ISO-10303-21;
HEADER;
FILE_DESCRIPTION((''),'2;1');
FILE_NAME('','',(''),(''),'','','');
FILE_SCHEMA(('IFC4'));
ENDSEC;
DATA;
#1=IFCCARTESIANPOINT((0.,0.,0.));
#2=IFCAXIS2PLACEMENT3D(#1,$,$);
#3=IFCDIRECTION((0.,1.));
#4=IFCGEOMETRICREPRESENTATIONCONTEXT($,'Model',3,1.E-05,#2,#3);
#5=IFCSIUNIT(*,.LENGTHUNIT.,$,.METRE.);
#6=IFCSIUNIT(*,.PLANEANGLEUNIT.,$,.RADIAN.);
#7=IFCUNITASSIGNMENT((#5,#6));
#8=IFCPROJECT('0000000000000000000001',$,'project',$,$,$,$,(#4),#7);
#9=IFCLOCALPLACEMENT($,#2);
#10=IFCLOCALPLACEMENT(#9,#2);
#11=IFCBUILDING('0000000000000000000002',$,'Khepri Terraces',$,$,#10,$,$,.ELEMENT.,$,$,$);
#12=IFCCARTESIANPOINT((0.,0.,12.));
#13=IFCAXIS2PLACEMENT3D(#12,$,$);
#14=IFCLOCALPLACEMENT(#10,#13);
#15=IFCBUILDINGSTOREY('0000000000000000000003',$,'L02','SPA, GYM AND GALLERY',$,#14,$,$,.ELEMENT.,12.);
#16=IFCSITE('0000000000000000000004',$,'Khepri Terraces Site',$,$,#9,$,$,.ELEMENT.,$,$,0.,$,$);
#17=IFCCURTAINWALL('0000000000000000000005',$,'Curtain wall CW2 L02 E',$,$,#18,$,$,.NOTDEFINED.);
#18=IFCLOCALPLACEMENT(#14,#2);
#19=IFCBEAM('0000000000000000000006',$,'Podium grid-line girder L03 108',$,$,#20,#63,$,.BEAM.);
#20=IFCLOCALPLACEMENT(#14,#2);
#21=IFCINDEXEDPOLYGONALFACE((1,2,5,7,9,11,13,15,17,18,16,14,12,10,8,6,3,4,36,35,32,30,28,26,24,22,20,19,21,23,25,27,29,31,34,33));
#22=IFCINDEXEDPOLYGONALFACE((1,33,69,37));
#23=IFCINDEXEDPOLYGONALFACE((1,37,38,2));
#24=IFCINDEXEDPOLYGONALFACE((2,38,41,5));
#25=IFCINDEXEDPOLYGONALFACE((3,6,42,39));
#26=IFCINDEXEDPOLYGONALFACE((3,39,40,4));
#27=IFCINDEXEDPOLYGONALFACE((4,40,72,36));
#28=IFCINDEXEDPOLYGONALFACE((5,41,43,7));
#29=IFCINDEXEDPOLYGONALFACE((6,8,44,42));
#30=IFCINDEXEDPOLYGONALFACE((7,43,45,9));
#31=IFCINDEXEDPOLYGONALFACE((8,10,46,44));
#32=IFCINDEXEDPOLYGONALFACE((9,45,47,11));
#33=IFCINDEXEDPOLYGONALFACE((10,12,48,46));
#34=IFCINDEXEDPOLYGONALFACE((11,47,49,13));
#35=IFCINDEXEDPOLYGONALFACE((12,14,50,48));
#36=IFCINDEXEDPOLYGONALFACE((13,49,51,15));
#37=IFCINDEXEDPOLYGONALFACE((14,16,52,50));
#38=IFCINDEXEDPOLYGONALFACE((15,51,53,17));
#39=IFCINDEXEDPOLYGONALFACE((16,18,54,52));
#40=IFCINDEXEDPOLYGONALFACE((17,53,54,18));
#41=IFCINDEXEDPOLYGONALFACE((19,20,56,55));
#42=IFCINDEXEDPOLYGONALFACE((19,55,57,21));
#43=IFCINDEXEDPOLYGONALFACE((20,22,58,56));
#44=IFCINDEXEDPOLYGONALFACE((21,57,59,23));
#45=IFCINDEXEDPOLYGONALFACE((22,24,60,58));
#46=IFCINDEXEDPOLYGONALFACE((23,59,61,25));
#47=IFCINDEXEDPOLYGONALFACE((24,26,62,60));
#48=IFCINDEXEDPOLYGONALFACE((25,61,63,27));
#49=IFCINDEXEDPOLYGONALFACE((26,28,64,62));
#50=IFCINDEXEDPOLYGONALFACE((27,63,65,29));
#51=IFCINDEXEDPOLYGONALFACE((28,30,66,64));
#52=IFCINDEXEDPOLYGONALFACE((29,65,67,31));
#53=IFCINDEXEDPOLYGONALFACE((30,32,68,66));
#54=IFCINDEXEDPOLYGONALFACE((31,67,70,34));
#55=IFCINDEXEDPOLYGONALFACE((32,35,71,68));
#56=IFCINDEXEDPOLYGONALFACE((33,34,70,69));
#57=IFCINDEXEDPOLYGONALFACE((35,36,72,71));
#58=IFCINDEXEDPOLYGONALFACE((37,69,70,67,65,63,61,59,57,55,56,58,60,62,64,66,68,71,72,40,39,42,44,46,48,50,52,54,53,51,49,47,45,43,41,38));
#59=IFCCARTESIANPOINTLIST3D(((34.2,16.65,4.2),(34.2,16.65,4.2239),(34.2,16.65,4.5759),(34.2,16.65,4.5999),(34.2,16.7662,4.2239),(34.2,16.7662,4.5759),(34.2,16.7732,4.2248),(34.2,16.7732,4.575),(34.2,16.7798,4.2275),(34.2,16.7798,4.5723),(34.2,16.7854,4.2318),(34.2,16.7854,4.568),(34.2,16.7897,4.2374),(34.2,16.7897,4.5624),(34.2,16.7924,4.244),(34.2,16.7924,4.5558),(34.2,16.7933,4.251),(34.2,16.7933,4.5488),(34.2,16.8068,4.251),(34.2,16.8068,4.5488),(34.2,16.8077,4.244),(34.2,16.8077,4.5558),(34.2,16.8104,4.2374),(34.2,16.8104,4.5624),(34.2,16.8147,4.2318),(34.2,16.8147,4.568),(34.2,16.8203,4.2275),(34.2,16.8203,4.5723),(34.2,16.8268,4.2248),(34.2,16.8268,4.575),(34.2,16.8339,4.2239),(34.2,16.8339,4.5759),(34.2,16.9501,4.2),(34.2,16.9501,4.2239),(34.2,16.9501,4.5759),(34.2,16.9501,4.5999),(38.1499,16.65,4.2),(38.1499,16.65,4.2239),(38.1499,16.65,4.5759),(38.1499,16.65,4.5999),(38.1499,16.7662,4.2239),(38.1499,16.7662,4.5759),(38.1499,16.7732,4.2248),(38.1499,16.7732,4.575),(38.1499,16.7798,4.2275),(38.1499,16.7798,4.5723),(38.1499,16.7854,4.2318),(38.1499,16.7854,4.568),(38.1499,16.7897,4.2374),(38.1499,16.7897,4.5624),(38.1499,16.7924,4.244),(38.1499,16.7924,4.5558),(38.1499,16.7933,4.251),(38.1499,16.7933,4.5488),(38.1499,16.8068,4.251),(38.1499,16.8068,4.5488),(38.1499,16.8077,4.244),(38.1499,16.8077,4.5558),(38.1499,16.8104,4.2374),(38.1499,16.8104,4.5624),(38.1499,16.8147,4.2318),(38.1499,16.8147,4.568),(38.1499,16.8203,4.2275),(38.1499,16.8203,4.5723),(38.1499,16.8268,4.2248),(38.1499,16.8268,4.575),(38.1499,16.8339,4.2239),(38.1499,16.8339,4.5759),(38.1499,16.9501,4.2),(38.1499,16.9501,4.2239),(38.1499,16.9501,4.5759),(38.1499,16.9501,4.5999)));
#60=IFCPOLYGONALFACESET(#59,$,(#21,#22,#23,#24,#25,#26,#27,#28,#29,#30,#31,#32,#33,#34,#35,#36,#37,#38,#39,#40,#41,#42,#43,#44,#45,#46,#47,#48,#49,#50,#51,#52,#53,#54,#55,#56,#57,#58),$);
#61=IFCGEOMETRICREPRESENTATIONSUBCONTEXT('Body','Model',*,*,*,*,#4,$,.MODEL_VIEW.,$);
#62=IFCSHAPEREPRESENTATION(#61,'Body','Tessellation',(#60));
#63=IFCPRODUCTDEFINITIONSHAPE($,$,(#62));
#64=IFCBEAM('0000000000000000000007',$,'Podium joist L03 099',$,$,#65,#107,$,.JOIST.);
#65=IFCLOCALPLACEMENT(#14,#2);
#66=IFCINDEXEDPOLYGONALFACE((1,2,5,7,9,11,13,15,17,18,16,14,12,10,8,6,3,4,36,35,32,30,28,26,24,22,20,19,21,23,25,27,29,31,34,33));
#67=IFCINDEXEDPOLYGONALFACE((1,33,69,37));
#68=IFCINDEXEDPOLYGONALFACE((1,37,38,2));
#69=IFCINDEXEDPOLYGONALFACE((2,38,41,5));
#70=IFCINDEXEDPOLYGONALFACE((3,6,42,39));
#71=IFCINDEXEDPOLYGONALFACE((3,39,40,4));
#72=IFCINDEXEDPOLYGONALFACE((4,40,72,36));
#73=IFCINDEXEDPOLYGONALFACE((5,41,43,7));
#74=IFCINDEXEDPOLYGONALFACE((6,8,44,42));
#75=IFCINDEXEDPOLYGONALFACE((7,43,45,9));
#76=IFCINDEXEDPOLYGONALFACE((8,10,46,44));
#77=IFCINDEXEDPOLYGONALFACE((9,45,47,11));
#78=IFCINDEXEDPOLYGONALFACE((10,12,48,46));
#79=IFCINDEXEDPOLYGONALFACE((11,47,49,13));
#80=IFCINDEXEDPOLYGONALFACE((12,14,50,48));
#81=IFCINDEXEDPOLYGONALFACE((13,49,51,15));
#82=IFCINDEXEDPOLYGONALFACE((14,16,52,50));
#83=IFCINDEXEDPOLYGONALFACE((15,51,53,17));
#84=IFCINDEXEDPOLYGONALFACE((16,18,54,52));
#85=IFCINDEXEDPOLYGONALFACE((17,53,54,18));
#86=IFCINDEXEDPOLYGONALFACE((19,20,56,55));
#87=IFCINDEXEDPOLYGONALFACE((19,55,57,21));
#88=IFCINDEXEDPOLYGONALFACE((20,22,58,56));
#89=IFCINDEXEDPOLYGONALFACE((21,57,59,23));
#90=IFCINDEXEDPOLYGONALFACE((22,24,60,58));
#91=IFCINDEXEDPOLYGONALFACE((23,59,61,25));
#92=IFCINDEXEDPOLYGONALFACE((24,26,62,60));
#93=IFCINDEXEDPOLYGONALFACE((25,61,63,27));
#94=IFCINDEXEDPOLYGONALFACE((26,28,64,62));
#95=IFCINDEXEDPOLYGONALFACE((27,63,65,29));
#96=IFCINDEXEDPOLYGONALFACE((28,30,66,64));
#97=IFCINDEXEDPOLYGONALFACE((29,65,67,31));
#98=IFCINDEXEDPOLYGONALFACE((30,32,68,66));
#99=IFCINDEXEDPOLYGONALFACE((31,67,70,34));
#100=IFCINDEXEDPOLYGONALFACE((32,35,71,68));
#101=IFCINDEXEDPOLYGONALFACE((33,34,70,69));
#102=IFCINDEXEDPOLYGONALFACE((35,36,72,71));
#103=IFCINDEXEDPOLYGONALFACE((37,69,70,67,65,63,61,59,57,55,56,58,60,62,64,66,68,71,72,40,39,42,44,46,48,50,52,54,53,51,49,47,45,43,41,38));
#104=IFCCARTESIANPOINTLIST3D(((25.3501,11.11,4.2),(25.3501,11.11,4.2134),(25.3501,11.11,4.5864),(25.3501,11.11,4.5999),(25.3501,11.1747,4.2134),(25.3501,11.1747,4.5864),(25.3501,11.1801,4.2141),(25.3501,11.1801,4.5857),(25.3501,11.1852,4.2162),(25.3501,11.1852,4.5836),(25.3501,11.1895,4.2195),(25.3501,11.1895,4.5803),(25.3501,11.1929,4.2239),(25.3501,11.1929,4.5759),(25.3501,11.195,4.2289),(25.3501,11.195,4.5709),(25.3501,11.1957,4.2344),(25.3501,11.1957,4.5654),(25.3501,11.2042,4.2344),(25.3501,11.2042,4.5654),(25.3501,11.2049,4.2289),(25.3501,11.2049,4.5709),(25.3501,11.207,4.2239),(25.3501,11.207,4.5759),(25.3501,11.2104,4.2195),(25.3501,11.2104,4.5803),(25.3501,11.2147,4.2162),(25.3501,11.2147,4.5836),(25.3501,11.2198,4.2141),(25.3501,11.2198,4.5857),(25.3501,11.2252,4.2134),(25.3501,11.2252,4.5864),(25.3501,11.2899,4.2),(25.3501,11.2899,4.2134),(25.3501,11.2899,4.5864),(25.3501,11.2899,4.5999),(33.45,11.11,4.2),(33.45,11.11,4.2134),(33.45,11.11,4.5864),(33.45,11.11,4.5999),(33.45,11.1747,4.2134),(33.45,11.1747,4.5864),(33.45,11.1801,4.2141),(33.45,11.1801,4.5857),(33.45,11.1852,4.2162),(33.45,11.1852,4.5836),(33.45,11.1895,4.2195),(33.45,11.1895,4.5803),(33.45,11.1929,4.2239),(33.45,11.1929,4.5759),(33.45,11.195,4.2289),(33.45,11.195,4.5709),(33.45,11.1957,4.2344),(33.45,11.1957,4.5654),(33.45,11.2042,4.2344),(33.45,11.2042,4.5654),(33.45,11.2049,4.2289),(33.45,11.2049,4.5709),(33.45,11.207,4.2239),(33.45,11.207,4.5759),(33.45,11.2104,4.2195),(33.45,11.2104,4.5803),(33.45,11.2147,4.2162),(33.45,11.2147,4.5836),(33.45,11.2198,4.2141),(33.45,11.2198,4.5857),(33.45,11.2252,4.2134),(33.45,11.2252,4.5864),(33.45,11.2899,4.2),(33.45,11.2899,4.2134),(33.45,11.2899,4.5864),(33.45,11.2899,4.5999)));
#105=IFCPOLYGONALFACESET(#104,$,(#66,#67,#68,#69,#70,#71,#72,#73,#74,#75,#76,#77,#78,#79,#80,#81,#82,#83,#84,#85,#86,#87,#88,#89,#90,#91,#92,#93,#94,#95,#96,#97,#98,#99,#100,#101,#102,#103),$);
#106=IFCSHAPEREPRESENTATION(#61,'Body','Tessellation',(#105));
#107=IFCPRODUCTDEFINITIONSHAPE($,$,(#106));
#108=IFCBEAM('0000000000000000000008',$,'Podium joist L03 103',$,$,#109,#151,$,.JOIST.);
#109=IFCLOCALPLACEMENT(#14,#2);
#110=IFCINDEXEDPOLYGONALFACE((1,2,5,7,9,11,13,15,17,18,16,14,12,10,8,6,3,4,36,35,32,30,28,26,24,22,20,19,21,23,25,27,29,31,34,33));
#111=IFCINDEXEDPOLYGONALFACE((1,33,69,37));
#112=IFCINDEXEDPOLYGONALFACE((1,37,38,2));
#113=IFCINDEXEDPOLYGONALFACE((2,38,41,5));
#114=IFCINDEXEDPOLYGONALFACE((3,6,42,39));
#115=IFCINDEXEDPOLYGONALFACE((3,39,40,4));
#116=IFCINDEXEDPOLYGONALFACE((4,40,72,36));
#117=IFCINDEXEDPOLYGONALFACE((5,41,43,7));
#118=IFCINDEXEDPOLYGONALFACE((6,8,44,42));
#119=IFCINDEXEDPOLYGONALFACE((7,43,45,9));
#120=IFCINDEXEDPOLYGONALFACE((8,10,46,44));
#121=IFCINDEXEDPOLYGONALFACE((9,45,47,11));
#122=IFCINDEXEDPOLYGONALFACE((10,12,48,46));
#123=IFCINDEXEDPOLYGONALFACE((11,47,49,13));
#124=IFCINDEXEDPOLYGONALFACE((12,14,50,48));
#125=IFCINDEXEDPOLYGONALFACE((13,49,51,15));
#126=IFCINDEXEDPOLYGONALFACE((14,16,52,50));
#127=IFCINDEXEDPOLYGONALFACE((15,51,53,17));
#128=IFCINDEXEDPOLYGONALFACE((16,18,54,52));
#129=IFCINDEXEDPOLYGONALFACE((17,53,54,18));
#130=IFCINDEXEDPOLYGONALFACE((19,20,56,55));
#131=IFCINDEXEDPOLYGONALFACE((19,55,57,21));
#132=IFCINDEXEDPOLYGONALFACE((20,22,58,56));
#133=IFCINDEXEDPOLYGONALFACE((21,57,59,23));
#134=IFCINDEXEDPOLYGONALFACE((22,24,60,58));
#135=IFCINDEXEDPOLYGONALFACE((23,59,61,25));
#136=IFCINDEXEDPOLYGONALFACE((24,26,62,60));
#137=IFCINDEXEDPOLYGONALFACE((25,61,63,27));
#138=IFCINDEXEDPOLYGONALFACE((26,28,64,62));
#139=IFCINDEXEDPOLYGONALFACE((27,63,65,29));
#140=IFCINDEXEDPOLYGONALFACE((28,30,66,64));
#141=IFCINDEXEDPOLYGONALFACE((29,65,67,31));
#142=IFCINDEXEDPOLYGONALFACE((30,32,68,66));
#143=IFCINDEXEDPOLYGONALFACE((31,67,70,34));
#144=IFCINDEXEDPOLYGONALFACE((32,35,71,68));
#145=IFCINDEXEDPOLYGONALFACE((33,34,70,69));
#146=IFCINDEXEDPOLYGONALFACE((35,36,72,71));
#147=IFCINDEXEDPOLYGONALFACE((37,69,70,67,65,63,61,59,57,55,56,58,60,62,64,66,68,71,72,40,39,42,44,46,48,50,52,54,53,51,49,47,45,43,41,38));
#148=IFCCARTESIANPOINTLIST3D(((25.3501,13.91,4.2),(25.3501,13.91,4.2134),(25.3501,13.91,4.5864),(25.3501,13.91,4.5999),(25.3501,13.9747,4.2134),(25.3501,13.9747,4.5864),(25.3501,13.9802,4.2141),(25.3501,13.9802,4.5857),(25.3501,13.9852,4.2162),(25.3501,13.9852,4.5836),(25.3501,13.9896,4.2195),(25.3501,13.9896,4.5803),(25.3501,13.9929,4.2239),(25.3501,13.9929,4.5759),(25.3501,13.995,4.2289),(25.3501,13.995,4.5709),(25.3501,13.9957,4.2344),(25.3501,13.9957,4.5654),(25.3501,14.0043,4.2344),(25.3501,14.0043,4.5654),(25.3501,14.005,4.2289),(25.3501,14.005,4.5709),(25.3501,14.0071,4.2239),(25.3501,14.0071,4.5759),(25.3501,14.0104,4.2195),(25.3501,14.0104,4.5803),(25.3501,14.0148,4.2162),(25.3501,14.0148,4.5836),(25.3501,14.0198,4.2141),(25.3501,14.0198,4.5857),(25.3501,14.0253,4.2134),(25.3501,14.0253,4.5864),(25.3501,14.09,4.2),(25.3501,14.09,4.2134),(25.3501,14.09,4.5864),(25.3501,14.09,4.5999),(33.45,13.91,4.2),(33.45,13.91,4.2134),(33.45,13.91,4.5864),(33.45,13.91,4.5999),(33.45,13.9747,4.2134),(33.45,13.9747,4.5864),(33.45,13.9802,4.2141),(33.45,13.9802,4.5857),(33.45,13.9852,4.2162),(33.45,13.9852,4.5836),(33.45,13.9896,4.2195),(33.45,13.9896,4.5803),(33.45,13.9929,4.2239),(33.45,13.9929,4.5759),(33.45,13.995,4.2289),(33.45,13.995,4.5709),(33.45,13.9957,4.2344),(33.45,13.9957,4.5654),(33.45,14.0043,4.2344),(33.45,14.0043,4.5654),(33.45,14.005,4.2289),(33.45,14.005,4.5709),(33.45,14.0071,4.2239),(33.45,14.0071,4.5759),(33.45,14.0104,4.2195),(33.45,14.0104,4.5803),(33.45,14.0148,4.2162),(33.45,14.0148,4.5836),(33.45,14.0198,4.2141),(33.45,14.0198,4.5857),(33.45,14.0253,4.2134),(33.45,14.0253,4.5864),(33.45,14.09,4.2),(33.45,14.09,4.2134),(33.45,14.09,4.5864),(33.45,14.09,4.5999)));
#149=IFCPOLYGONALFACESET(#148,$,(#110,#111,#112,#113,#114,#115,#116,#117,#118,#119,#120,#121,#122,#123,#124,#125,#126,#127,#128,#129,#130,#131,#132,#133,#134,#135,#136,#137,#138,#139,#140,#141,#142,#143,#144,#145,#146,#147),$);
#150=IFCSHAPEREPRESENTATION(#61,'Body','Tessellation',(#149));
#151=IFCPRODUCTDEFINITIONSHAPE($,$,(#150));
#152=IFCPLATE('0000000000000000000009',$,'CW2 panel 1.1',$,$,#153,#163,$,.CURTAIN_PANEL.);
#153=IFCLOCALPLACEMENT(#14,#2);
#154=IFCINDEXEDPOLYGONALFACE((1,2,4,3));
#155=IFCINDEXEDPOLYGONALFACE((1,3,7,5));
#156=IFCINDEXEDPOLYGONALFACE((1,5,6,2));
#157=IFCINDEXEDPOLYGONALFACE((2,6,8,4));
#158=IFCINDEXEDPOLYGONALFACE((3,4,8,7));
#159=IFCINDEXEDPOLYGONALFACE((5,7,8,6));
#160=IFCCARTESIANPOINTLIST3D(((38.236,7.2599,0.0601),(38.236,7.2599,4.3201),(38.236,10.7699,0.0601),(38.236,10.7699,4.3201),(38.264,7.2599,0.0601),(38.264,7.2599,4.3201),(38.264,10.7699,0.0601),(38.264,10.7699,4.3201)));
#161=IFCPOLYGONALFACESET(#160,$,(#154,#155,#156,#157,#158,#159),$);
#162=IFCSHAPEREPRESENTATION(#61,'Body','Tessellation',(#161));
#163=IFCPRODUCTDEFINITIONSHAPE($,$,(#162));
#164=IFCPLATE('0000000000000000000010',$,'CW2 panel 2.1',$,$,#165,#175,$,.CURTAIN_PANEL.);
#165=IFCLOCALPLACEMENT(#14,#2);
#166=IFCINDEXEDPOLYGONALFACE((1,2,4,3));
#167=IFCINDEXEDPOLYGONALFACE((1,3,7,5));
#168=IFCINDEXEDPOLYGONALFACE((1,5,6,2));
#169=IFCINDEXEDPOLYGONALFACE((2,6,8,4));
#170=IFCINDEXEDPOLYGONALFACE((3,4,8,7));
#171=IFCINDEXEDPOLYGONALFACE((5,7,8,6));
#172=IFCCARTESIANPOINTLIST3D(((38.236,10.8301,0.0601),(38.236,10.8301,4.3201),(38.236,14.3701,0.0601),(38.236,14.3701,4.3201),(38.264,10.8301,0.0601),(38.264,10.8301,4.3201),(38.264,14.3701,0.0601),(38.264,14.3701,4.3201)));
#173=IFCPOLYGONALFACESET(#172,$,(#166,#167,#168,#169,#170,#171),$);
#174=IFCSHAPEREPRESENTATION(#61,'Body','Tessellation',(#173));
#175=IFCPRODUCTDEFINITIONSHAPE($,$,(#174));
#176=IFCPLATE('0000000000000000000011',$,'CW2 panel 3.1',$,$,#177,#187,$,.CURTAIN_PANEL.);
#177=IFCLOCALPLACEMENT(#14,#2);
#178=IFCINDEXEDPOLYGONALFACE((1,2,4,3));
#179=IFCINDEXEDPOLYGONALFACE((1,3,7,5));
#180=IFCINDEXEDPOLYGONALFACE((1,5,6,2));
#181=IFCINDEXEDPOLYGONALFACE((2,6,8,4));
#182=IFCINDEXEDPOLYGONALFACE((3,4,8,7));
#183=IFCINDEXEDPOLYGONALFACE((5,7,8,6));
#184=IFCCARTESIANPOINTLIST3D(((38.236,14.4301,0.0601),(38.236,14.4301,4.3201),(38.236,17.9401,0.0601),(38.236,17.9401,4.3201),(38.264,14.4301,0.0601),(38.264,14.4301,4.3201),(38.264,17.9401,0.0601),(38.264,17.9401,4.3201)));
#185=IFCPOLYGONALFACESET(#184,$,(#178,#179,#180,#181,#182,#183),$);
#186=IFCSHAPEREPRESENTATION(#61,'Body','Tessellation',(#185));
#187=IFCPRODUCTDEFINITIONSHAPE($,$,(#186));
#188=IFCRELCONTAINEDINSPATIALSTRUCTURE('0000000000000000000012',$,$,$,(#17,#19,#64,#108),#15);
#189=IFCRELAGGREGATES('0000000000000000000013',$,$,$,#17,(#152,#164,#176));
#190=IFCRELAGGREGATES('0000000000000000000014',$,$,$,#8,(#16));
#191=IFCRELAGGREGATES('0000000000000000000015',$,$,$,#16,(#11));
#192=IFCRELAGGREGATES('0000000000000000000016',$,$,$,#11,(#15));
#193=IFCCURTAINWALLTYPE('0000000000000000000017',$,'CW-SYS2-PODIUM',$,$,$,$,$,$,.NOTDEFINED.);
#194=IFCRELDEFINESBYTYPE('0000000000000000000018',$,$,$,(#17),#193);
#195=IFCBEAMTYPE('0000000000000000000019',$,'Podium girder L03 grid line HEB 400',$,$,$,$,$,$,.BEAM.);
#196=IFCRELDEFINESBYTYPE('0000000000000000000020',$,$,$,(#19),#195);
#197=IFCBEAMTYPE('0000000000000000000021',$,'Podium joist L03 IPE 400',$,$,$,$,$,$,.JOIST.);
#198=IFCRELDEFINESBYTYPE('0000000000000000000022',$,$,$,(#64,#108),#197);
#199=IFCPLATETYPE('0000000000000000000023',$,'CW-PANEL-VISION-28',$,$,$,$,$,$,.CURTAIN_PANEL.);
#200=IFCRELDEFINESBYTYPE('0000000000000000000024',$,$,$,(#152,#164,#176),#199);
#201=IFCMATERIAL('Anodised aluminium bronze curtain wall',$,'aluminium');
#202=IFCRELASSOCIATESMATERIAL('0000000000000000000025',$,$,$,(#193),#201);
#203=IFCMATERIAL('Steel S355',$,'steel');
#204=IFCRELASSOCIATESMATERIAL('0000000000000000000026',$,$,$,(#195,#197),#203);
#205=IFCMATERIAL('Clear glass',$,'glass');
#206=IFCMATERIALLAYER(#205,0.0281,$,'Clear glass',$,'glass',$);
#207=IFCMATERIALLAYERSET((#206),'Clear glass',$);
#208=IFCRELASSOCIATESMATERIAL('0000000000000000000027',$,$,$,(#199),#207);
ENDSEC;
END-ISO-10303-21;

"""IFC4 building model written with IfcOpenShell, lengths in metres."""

from ifc_helpers import new_model, si_unit, direction, frame, origin, origin_2d, place, context, subcontext, project, spatial, rectangle, i_section, extrude, material, layer, layer_set, material_profile, profile_set, type_object, element, aggregate, save


model = new_model("IFC4")

# Units and contexts
model_context = context("Model", 3, precision=1e-05, world=origin(), true_north=direction((0.0, 1.0)))
body_context = subcontext(model_context, "Body", "Model", "MODEL_VIEW")
ifc_project = project(units=[si_unit("LENGTHUNIT", "METRE"), si_unit("PLANEANGLEUNIT", "RADIAN")], contexts=[model_context])

# Site, building, storey
site_placement = place(None, origin())
site = spatial("IfcSite", under=ifc_project, at=site_placement, Name="Khepri Terraces Site", CompositionType="ELEMENT", RefElevation=0.0)
building_placement = place(site_placement, origin())
building = spatial("IfcBuilding", under=site, at=building_placement, Name="Khepri Terraces", CompositionType="ELEMENT")
storey_placement = place(building_placement, frame((0.0, 0.0, 12.0)))
storey = spatial("IfcBuildingStorey", under=building, at=storey_placement, Name="L02", Description="SPA, GYM AND GALLERY", CompositionType="ELEMENT", Elevation=12.0)

# Curtain wall
ifc_material_1 = material(Name="Anodised aluminium bronze curtain wall", Category="aluminium")
curtain_wall_type = type_object("IfcCurtainWallType", Name="CW-SYS2-PODIUM", PredefinedType="NOTDEFINED", material=ifc_material_1)
curtain_wall_placement = place(storey_placement, origin())
curtain_wall = element("IfcCurtainWall", 1, at=curtain_wall_placement, inside=storey, type_object=curtain_wall_type, Name="Curtain wall CW2 L02 E", PredefinedType="NOTDEFINED")

# Beams
ifc_material_2 = material(Name="Steel S355", Category="steel")
ifc_material_profile_1 = material_profile(ifc_material_2, i_section(OverallWidth=0.3, OverallDepth=0.3999, WebThickness=0.0134, FlangeThickness=0.0239, FilletRadius=0.0271, at=origin_2d()), Name="Steel S355", Category="steel")
ifc_profile_set_1 = profile_set([ifc_material_profile_1], Name="Steel S355")
beam_type_1 = type_object("IfcBeamType", Name="Podium girder L03 grid line HEB 400", PredefinedType="BEAM", material=ifc_profile_set_1)
beam_1_placement = place(storey_placement, frame((34.2, 16.8, 4.3999), z_axis=(1.0, 0.0, 0.0), x_axis=(0.0, 1.0, 0.0)))
element("IfcBeam", 2, at=beam_1_placement, inside=storey, type_object=beam_type_1, Name="Podium grid-line girder L03 108", PredefinedType="BEAM", context=body_context, shape_type="SweptSolid", body=[
    extrude(i_section(OverallWidth=0.3, OverallDepth=0.3999, WebThickness=0.0134, FlangeThickness=0.0239, FilletRadius=0.0271, at=origin_2d()), origin(), (0.0, 0.0, 1.0), 3.95),
])
ifc_material_profile_2 = material_profile(ifc_material_2, i_section(OverallWidth=0.1799, OverallDepth=0.3999, WebThickness=0.0085, FlangeThickness=0.0134, FilletRadius=0.021, at=origin_2d()), Name="Steel S355", Category="steel")
ifc_profile_set_2 = profile_set([ifc_material_profile_2], Name="Steel S355")
beam_type_2 = type_object("IfcBeamType", Name="Podium joist L03 IPE 400", PredefinedType="JOIST", material=ifc_profile_set_2)
for number, where, z_axis, x_axis, name in (
    (3, (25.3501, 11.2, 4.3999), (1.0, 0.0, 0.0), (0.0, 1.0, 0.0), "Podium joist L03 099"),
    (4, (25.3501, 14.0, 4.3999), (1.0, 0.0, 0.0), (0.0, 1.0, 0.0), "Podium joist L03 103"),
):
    element("IfcBeam", number, at=place(storey_placement, frame(where, z_axis=z_axis, x_axis=x_axis)), inside=storey, type_object=beam_type_2, Name=name, PredefinedType="JOIST", context=body_context, shape_type="SweptSolid", body=[
        extrude(i_section(OverallWidth=0.1799, OverallDepth=0.3999, WebThickness=0.0085, FlangeThickness=0.0134, FilletRadius=0.021, at=origin_2d()), origin(), (0.0, 0.0, 1.0), 8.0999),
    ])

# Plates
ifc_material_3 = material(Name="Clear glass", Category="glass")
ifc_layer_1 = layer(ifc_material_3, 0.0281, Name="Clear glass", Category="glass")
ifc_layer_set_1 = layer_set([ifc_layer_1], Name="Clear glass")
plate_type = type_object("IfcPlateType", Name="CW-PANEL-VISION-28", PredefinedType="CURTAIN_PANEL", material=ifc_layer_set_1)
plate_1_placement = place(storey_placement, frame((38.25, 9.0149, 0.0601), z_axis=(0.0, 0.0, 1.0), x_axis=(0.0, 1.0, 0.0)))
plate_1 = element("IfcPlate", 5, at=plate_1_placement, type_object=plate_type, Name="CW2 panel 1.1", PredefinedType="CURTAIN_PANEL", context=body_context, shape_type="SweptSolid", body=[
    extrude(rectangle(XDim=3.51, YDim=0.0281, at=origin_2d()), origin(), (0.0, 0.0, 1.0), 4.26),
])
plate_2_placement = place(storey_placement, frame((38.25, 12.6001, 0.0601), z_axis=(0.0, 0.0, 1.0), x_axis=(0.0, 1.0, 0.0)))
plate_2 = element("IfcPlate", 6, at=plate_2_placement, type_object=plate_type, Name="CW2 panel 2.1", PredefinedType="CURTAIN_PANEL", context=body_context, shape_type="SweptSolid", body=[
    extrude(rectangle(XDim=3.54, YDim=0.0281, at=origin_2d()), origin(), (0.0, 0.0, 1.0), 4.26),
])
plate_3_placement = place(storey_placement, frame((38.25, 16.1851, 0.0601), z_axis=(0.0, 0.0, 1.0), x_axis=(0.0, 1.0, 0.0)))
plate_3 = element("IfcPlate", 7, at=plate_3_placement, type_object=plate_type, Name="CW2 panel 3.1", PredefinedType="CURTAIN_PANEL", context=body_context, shape_type="SweptSolid", body=[
    extrude(rectangle(XDim=3.51, YDim=0.0281, at=origin_2d()), origin(), (0.0, 0.0, 1.0), 4.26),
])
aggregate(curtain_wall, [plate_1, plate_2, plate_3])

save(model, "model.ifc")
